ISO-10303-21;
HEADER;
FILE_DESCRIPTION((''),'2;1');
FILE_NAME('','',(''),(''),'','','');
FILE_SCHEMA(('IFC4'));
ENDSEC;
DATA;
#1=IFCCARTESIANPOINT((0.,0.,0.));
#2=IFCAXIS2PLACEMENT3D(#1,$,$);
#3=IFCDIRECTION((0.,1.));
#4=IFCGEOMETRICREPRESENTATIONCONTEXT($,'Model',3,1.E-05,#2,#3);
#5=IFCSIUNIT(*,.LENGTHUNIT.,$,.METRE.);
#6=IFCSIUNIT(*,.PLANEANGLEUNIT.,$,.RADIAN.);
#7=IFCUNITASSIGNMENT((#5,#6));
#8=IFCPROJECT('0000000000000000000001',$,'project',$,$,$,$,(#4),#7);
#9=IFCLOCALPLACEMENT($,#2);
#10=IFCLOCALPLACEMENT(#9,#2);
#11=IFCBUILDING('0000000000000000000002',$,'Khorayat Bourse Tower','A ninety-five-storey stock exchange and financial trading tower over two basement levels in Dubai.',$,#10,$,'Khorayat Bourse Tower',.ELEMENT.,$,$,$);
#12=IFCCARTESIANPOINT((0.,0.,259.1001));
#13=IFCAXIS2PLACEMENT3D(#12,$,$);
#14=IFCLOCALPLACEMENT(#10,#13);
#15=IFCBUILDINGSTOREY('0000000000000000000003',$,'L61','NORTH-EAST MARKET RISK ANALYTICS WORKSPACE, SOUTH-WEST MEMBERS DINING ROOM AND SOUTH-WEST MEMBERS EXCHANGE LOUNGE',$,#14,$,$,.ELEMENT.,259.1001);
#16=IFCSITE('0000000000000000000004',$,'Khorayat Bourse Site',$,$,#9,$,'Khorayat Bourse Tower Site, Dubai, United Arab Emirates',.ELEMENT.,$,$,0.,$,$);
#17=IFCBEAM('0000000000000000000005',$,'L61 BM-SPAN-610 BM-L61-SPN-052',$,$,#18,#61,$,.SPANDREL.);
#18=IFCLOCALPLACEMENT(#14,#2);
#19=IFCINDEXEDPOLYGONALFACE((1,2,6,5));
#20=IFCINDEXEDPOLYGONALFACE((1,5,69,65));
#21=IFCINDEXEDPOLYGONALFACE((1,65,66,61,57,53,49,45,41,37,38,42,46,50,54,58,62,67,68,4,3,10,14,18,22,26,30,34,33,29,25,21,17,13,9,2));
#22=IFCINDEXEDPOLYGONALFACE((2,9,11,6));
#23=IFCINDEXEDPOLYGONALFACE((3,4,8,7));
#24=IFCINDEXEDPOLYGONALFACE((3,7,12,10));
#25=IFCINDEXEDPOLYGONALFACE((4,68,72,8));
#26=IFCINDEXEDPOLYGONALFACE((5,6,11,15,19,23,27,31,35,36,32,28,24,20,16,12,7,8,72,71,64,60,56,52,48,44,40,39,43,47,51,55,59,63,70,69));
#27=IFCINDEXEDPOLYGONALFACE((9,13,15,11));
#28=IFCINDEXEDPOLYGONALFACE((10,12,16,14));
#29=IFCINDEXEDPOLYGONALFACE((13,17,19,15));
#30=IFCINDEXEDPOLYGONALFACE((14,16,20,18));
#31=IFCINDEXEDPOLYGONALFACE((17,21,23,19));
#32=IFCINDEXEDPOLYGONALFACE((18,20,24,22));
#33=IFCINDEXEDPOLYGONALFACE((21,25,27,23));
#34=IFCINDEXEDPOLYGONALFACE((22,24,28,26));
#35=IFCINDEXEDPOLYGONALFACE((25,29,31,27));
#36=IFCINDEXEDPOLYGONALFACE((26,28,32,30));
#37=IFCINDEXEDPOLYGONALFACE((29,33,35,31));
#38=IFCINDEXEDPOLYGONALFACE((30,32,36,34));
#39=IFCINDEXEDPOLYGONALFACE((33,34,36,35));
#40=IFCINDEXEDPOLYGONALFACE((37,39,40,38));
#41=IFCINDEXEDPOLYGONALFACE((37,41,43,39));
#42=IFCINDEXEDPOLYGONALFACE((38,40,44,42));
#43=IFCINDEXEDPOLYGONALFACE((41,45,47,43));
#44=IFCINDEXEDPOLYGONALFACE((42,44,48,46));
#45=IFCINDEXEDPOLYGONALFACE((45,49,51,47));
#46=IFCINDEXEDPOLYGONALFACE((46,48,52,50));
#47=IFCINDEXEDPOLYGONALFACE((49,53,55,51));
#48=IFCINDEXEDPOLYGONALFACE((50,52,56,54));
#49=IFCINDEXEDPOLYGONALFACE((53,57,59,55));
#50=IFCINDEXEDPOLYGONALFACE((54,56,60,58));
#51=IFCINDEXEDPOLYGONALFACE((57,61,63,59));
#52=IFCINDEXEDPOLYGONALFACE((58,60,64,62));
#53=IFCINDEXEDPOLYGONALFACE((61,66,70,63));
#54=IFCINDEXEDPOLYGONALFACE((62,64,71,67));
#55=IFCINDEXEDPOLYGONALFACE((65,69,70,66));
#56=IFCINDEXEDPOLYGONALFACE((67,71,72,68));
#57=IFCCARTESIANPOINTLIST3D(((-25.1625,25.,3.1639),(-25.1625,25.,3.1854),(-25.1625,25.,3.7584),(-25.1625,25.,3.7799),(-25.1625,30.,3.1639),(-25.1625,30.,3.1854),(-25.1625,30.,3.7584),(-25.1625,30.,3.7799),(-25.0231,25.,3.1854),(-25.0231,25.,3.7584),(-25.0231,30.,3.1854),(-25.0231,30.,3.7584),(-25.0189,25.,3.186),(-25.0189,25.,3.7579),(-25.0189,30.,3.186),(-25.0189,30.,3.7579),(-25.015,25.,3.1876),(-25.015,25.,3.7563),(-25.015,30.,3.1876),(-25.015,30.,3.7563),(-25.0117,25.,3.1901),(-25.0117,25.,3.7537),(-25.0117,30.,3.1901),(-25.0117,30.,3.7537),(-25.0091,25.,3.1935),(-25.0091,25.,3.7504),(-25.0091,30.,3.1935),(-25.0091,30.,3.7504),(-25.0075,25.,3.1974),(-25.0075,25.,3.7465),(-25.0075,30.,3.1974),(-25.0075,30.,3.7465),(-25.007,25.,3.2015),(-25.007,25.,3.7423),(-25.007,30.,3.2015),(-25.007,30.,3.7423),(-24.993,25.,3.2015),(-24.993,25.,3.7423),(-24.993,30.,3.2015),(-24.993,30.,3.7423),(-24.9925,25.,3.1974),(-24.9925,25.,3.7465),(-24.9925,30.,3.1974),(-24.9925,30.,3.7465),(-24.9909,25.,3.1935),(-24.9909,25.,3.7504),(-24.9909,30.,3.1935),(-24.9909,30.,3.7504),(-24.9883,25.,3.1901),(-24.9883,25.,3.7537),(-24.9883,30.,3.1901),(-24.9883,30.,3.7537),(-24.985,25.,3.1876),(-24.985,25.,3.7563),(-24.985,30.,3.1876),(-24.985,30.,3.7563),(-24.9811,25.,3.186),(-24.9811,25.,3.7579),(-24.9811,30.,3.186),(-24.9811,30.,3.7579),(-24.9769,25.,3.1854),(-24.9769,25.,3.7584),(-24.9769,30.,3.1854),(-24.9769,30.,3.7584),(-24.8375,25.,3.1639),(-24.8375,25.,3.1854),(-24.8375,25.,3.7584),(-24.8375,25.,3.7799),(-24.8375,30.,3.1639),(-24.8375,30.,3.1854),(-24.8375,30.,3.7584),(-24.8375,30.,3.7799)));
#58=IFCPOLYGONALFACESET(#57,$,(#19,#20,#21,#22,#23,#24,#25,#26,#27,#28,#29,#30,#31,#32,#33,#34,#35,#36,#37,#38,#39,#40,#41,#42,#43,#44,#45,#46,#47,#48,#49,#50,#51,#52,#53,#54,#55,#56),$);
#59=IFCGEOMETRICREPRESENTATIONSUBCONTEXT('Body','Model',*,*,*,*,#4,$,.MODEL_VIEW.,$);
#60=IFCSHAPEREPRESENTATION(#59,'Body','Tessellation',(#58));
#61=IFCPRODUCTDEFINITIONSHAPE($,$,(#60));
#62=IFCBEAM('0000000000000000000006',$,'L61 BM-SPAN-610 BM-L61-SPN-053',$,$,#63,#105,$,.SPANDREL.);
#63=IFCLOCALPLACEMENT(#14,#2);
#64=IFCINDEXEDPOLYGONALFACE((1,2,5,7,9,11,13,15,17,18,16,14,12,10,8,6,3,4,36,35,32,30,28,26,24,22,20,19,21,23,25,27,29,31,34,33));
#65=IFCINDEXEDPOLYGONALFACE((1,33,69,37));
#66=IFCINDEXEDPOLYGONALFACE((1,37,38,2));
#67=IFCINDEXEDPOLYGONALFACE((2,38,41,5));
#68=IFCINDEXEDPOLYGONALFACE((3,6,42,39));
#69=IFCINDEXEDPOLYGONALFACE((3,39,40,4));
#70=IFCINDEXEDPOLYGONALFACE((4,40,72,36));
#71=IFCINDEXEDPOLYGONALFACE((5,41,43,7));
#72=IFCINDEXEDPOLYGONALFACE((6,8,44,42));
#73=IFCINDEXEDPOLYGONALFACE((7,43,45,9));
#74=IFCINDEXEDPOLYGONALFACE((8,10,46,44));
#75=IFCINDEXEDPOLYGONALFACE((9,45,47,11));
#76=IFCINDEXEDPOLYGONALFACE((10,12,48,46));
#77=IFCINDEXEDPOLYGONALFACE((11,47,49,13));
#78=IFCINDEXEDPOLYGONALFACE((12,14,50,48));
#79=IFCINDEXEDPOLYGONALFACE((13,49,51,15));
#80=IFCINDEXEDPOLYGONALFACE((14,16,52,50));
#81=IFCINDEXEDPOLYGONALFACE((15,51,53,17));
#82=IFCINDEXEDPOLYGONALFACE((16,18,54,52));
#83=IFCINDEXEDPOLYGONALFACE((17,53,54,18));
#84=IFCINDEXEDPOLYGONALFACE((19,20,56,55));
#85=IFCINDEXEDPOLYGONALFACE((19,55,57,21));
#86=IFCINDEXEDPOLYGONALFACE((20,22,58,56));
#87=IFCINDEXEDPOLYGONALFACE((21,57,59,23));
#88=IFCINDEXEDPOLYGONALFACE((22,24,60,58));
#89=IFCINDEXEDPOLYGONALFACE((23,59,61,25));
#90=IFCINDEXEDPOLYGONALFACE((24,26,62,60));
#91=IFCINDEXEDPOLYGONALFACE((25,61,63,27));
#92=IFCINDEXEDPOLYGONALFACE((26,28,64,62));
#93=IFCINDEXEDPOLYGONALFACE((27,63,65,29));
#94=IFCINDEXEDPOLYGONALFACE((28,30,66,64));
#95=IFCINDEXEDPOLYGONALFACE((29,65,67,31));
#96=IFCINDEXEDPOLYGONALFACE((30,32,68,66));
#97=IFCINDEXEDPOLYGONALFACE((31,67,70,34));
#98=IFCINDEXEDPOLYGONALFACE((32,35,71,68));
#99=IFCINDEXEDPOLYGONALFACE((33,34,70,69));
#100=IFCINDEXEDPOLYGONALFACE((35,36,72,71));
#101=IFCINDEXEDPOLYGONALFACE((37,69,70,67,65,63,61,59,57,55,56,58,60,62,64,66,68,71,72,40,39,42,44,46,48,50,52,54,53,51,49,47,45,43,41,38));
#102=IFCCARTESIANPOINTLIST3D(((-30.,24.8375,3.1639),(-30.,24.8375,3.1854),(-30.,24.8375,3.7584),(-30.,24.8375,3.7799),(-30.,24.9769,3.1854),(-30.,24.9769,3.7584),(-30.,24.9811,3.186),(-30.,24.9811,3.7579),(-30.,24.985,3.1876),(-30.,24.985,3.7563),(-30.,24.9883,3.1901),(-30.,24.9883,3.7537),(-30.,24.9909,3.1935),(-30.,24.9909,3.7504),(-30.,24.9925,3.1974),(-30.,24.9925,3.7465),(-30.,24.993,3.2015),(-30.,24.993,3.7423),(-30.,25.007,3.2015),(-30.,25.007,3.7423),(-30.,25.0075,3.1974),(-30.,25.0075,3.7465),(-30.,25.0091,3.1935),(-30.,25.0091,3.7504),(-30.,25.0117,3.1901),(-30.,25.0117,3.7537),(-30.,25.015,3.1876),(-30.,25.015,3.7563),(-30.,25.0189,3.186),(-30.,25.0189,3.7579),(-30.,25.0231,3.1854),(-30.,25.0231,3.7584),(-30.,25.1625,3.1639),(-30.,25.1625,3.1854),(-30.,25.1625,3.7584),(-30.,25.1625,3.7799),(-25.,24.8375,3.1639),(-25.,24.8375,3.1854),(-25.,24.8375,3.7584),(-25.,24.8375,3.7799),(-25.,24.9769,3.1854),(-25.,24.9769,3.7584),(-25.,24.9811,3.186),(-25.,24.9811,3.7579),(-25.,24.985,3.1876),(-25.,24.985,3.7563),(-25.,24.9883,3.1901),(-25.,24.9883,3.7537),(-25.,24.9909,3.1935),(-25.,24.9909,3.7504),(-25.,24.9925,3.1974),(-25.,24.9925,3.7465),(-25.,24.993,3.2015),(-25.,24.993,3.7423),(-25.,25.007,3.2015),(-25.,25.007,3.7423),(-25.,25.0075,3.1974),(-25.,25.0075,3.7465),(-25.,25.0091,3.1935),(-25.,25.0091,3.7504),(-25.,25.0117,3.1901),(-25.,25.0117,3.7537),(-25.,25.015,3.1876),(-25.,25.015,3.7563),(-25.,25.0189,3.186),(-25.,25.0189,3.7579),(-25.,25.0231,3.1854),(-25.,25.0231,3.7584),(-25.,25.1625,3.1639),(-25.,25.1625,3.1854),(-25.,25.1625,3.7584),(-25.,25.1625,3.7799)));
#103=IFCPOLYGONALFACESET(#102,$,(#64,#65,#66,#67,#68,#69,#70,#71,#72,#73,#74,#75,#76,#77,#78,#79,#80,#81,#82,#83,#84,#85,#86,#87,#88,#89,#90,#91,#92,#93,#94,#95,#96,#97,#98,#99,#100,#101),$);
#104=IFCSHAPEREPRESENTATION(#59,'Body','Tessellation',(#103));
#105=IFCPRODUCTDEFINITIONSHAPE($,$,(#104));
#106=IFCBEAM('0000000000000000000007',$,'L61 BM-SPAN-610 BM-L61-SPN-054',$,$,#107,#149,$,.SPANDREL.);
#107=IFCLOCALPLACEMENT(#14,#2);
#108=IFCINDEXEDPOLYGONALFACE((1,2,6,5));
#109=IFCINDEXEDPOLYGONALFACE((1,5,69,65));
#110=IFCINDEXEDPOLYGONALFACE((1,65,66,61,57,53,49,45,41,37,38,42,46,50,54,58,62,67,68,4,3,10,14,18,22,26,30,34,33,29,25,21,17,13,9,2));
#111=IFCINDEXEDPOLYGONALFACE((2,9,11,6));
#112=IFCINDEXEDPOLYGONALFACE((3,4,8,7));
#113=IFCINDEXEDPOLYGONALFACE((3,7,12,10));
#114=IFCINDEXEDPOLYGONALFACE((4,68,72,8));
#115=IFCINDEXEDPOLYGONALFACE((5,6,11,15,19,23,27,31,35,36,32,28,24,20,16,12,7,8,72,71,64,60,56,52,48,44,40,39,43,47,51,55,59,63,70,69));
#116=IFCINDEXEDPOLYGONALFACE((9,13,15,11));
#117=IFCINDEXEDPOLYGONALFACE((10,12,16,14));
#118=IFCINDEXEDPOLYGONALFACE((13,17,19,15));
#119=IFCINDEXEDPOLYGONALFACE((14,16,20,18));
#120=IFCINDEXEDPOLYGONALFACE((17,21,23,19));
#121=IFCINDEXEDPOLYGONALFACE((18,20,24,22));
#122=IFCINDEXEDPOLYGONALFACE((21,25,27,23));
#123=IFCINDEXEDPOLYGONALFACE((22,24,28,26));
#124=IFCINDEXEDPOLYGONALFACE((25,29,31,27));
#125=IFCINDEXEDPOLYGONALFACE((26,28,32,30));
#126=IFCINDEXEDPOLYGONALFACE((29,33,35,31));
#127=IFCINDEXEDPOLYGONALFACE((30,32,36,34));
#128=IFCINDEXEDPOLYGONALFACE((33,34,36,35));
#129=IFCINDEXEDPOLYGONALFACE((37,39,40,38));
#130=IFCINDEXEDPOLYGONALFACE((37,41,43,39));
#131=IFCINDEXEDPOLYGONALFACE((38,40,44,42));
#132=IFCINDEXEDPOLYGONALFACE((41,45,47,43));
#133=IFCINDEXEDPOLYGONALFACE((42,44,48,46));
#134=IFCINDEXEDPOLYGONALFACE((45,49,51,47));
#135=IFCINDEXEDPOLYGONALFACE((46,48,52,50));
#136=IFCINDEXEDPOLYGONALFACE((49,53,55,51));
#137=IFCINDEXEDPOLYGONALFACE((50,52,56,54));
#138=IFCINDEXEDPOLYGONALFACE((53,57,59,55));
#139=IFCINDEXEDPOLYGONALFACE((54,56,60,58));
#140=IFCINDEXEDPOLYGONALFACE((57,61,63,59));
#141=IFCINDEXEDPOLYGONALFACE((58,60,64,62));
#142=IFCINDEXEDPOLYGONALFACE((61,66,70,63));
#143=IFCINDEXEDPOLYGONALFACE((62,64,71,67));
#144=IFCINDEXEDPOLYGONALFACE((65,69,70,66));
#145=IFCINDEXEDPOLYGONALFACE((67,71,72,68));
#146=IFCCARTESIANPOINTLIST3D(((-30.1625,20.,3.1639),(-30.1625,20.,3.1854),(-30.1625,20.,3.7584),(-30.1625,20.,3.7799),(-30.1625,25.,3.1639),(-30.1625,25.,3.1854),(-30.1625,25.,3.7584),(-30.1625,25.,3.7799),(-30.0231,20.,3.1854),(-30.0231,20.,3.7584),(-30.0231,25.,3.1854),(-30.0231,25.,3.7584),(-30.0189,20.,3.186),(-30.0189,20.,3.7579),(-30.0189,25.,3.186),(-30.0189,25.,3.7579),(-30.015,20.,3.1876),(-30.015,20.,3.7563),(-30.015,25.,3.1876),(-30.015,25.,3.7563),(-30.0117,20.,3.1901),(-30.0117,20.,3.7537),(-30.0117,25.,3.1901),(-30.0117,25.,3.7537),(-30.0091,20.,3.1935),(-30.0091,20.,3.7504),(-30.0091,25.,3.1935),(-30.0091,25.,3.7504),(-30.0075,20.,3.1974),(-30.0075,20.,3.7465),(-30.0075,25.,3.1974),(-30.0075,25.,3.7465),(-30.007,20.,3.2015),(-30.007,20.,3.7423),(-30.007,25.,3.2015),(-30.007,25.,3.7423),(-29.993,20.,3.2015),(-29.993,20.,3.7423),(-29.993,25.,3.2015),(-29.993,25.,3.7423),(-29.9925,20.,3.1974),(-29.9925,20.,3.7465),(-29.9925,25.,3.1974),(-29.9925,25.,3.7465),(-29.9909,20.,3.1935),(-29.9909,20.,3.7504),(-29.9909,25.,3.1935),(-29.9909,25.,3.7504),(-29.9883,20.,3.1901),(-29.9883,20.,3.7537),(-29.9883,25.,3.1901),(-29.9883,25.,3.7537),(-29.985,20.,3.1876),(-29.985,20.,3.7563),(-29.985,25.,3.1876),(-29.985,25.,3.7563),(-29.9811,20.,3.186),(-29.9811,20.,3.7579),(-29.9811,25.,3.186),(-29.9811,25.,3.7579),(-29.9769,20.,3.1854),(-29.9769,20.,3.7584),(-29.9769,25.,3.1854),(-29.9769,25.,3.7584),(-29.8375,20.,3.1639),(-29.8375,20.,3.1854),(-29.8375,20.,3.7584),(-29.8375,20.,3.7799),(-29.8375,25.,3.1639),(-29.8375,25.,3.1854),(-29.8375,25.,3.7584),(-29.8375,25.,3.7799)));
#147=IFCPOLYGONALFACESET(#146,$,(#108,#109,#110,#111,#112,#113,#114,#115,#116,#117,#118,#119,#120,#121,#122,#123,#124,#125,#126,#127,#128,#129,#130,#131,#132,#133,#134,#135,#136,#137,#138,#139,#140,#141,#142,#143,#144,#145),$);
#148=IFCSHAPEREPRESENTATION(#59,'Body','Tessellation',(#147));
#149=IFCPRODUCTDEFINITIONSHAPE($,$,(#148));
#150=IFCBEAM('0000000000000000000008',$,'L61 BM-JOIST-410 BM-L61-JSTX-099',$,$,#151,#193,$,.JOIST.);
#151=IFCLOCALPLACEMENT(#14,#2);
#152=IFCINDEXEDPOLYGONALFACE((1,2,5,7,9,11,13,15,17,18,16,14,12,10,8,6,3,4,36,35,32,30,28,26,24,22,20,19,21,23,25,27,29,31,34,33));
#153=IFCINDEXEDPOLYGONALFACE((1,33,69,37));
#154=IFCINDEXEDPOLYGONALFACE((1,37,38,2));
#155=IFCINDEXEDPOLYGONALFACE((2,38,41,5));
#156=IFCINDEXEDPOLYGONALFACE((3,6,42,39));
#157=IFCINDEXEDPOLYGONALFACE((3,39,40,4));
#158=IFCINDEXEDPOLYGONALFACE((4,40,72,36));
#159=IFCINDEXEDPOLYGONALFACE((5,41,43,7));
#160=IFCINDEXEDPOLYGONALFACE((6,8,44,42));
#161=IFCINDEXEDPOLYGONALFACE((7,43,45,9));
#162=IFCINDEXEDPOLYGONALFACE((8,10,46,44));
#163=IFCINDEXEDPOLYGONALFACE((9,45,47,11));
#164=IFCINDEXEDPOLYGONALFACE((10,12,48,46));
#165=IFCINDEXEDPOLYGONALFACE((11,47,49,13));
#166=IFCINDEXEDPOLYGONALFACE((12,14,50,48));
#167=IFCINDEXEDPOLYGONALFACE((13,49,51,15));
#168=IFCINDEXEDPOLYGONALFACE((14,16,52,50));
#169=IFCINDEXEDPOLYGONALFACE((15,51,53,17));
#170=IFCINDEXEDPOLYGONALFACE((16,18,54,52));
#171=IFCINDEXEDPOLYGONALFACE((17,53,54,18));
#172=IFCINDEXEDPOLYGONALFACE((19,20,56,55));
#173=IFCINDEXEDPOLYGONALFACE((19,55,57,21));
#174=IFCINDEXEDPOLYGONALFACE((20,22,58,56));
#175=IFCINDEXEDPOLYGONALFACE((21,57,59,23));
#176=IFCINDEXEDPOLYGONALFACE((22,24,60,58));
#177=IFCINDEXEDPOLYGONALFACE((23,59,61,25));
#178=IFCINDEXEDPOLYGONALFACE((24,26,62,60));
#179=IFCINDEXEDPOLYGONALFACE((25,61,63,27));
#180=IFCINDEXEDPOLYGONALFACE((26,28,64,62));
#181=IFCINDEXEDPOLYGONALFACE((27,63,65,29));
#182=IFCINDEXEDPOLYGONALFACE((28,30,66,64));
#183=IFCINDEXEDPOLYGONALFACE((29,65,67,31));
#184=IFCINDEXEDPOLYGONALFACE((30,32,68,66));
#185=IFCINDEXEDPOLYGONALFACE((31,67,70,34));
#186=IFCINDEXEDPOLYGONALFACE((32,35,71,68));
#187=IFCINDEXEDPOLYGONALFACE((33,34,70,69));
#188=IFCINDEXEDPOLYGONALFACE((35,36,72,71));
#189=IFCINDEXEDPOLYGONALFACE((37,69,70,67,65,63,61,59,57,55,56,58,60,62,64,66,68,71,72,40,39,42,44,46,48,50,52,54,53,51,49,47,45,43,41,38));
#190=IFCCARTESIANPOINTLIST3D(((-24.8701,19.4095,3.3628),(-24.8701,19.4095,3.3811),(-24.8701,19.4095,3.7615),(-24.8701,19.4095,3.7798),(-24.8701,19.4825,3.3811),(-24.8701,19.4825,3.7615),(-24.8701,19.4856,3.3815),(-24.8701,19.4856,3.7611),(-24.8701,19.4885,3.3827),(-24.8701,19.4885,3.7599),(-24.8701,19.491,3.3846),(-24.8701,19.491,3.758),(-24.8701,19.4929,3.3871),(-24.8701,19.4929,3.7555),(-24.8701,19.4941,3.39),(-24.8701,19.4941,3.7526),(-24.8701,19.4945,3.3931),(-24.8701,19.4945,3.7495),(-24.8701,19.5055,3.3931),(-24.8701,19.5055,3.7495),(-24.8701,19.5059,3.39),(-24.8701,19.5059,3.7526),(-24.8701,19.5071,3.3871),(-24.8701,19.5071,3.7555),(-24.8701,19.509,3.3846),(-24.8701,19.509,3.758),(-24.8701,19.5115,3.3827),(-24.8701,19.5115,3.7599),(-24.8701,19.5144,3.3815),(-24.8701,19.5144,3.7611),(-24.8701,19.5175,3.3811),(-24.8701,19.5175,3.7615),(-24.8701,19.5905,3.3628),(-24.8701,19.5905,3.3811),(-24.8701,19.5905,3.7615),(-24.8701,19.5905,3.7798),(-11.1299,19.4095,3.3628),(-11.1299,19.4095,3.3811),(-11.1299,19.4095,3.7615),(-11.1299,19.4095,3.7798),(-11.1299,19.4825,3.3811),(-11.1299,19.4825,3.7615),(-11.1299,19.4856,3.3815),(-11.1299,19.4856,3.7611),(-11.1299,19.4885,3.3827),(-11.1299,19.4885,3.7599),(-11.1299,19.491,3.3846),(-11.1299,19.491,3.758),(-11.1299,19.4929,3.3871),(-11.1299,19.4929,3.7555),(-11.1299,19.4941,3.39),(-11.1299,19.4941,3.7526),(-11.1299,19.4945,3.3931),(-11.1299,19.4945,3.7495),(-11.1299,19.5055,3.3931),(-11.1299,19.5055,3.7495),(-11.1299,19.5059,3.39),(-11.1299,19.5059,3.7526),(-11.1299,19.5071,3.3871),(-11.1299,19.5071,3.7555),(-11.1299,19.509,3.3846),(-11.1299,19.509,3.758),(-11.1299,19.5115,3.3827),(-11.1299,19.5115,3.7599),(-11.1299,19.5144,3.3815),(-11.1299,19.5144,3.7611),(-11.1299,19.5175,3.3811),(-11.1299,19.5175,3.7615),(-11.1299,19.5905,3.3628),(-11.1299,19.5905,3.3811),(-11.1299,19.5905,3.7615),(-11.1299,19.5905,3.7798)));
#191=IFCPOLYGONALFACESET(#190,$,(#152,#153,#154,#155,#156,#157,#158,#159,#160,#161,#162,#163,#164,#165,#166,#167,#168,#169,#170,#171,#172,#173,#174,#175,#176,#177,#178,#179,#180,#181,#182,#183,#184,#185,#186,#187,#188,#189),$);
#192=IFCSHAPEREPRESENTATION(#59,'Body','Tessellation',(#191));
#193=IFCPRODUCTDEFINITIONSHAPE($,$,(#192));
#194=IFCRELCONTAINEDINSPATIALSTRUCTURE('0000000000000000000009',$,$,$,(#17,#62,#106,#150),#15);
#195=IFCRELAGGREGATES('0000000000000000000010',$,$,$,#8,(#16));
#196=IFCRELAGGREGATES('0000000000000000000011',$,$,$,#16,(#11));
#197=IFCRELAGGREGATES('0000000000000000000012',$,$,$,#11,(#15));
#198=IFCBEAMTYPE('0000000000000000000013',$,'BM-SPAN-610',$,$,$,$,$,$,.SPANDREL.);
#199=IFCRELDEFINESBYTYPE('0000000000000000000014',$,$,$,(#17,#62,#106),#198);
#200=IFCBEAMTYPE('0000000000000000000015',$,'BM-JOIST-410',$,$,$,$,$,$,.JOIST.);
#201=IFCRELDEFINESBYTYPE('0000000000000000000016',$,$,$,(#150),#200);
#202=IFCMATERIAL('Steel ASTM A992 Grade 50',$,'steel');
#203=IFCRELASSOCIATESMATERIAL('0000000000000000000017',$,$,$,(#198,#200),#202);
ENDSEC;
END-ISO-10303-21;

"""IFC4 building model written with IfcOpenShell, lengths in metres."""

from ifc_helpers import new_model, si_unit, direction, frame, origin, origin_2d, place, context, subcontext, project, spatial, i_section, extrude, source, transform, mapped, material, material_profile, profile_set, type_object, element, save


model = new_model("IFC4")

# Units and contexts
model_context = context("Model", 3, precision=1e-05, world=origin(), true_north=direction((0.0, 1.0)))
body_context = subcontext(model_context, "Body", "Model", "MODEL_VIEW")
ifc_project = project(units=[si_unit("LENGTHUNIT", "METRE"), si_unit("PLANEANGLEUNIT", "RADIAN")], contexts=[model_context])

# Site, building, storey
site_placement = place(None, origin())
site = spatial("IfcSite", under=ifc_project, at=site_placement, Name="Khorayat Bourse Site", LongName="Khorayat Bourse Tower Site, Dubai, United Arab Emirates", CompositionType="ELEMENT", RefElevation=0.0)
building_placement = place(site_placement, origin())
building = spatial("IfcBuilding", under=site, at=building_placement, Name="Khorayat Bourse Tower", Description="A ninety-five-storey stock exchange and financial trading tower over two basement levels in Dubai.", LongName="Khorayat Bourse Tower", CompositionType="ELEMENT")
storey_placement = place(building_placement, frame((0.0, 0.0, 259.1001)))
storey = spatial("IfcBuildingStorey", under=building, at=storey_placement, Name="L61", Description="NORTH-EAST MARKET RISK ANALYTICS WORKSPACE, SOUTH-WEST MEMBERS DINING ROOM AND SOUTH-WEST MEMBERS EXCHANGE LOUNGE", CompositionType="ELEMENT", Elevation=259.1001)

# Beams
ifc_material_1 = material(Name="Steel ASTM A992 Grade 50", Category="steel")
ifc_material_profile_1 = material_profile(ifc_material_1, i_section(OverallWidth=0.325, OverallDepth=0.616, WebThickness=0.0139, FlangeThickness=0.0215, FilletRadius=0.0161, at=origin_2d()), Name="W610X174")
ifc_profile_set_1 = profile_set([ifc_material_profile_1], Name="Steel ASTM A992 Grade 50")
beam_type_1 = type_object("IfcBeamType", Name="BM-SPAN-610", PredefinedType="SPANDREL", material=ifc_profile_set_1)
shared_shape_1 = source(origin(), body_context, "Body", "SweptSolid", [
    extrude(i_section(OverallWidth=0.325, OverallDepth=0.616, WebThickness=0.0139, FlangeThickness=0.0215, FilletRadius=0.0161, at=origin_2d()), origin(), (0.0, 0.0, 1.0), 5.0),
])
for number, where, z_axis, x_axis, name in (
    (1, (-25.0, 25.0, 3.4719), (0.0, 1.0, 0.0), (-1.0, 0.0, 0.0), "L61 BM-SPAN-610 BM-L61-SPN-052"),
    (2, (-30.0, 25.0, 3.4719), (1.0, 0.0, 0.0), (0.0, 1.0, 0.0), "L61 BM-SPAN-610 BM-L61-SPN-053"),
    (3, (-30.0, 20.0, 3.4719), (0.0, 1.0, 0.0), (-1.0, 0.0, 0.0), "L61 BM-SPAN-610 BM-L61-SPN-054"),
):
    element("IfcBeam", number, at=place(storey_placement, frame(where, z_axis=z_axis, x_axis=x_axis)), inside=storey, type_object=beam_type_1, Name=name, PredefinedType="SPANDREL", context=body_context, shape_type="MappedRepresentation", body=[
        mapped(shared_shape_1, transform((0.0, 0.0, 0.0), scale=1.0)),
    ])
ifc_material_profile_2 = material_profile(ifc_material_1, i_section(OverallWidth=0.1809, OverallDepth=0.417, WebThickness=0.011, FlangeThickness=0.0183, FilletRadius=0.012, at=origin_2d()), Name="W410X85")
ifc_profile_set_2 = profile_set([ifc_material_profile_2], Name="Steel ASTM A992 Grade 50")
beam_type_2 = type_object("IfcBeamType", Name="BM-JOIST-410", PredefinedType="JOIST", material=ifc_profile_set_2)
shared_shape_2 = source(origin(), body_context, "Body", "SweptSolid", [
    extrude(i_section(OverallWidth=0.1809, OverallDepth=0.417, WebThickness=0.011, FlangeThickness=0.0183, FilletRadius=0.012, at=origin_2d()), origin(), (0.0, 0.0, 1.0), 13.7402),
])
beam_1_placement = place(storey_placement, frame((-24.8701, 19.5, 3.5713), z_axis=(1.0, 0.0, 0.0), x_axis=(0.0, 1.0, 0.0)))
element("IfcBeam", 4, at=beam_1_placement, inside=storey, type_object=beam_type_2, Name="L61 BM-JOIST-410 BM-L61-JSTX-099", PredefinedType="JOIST", context=body_context, shape_type="MappedRepresentation", body=[
    mapped(shared_shape_2, transform((0.0, 0.0, 0.0), scale=1.0)),
])

save(model, "model.ifc")
